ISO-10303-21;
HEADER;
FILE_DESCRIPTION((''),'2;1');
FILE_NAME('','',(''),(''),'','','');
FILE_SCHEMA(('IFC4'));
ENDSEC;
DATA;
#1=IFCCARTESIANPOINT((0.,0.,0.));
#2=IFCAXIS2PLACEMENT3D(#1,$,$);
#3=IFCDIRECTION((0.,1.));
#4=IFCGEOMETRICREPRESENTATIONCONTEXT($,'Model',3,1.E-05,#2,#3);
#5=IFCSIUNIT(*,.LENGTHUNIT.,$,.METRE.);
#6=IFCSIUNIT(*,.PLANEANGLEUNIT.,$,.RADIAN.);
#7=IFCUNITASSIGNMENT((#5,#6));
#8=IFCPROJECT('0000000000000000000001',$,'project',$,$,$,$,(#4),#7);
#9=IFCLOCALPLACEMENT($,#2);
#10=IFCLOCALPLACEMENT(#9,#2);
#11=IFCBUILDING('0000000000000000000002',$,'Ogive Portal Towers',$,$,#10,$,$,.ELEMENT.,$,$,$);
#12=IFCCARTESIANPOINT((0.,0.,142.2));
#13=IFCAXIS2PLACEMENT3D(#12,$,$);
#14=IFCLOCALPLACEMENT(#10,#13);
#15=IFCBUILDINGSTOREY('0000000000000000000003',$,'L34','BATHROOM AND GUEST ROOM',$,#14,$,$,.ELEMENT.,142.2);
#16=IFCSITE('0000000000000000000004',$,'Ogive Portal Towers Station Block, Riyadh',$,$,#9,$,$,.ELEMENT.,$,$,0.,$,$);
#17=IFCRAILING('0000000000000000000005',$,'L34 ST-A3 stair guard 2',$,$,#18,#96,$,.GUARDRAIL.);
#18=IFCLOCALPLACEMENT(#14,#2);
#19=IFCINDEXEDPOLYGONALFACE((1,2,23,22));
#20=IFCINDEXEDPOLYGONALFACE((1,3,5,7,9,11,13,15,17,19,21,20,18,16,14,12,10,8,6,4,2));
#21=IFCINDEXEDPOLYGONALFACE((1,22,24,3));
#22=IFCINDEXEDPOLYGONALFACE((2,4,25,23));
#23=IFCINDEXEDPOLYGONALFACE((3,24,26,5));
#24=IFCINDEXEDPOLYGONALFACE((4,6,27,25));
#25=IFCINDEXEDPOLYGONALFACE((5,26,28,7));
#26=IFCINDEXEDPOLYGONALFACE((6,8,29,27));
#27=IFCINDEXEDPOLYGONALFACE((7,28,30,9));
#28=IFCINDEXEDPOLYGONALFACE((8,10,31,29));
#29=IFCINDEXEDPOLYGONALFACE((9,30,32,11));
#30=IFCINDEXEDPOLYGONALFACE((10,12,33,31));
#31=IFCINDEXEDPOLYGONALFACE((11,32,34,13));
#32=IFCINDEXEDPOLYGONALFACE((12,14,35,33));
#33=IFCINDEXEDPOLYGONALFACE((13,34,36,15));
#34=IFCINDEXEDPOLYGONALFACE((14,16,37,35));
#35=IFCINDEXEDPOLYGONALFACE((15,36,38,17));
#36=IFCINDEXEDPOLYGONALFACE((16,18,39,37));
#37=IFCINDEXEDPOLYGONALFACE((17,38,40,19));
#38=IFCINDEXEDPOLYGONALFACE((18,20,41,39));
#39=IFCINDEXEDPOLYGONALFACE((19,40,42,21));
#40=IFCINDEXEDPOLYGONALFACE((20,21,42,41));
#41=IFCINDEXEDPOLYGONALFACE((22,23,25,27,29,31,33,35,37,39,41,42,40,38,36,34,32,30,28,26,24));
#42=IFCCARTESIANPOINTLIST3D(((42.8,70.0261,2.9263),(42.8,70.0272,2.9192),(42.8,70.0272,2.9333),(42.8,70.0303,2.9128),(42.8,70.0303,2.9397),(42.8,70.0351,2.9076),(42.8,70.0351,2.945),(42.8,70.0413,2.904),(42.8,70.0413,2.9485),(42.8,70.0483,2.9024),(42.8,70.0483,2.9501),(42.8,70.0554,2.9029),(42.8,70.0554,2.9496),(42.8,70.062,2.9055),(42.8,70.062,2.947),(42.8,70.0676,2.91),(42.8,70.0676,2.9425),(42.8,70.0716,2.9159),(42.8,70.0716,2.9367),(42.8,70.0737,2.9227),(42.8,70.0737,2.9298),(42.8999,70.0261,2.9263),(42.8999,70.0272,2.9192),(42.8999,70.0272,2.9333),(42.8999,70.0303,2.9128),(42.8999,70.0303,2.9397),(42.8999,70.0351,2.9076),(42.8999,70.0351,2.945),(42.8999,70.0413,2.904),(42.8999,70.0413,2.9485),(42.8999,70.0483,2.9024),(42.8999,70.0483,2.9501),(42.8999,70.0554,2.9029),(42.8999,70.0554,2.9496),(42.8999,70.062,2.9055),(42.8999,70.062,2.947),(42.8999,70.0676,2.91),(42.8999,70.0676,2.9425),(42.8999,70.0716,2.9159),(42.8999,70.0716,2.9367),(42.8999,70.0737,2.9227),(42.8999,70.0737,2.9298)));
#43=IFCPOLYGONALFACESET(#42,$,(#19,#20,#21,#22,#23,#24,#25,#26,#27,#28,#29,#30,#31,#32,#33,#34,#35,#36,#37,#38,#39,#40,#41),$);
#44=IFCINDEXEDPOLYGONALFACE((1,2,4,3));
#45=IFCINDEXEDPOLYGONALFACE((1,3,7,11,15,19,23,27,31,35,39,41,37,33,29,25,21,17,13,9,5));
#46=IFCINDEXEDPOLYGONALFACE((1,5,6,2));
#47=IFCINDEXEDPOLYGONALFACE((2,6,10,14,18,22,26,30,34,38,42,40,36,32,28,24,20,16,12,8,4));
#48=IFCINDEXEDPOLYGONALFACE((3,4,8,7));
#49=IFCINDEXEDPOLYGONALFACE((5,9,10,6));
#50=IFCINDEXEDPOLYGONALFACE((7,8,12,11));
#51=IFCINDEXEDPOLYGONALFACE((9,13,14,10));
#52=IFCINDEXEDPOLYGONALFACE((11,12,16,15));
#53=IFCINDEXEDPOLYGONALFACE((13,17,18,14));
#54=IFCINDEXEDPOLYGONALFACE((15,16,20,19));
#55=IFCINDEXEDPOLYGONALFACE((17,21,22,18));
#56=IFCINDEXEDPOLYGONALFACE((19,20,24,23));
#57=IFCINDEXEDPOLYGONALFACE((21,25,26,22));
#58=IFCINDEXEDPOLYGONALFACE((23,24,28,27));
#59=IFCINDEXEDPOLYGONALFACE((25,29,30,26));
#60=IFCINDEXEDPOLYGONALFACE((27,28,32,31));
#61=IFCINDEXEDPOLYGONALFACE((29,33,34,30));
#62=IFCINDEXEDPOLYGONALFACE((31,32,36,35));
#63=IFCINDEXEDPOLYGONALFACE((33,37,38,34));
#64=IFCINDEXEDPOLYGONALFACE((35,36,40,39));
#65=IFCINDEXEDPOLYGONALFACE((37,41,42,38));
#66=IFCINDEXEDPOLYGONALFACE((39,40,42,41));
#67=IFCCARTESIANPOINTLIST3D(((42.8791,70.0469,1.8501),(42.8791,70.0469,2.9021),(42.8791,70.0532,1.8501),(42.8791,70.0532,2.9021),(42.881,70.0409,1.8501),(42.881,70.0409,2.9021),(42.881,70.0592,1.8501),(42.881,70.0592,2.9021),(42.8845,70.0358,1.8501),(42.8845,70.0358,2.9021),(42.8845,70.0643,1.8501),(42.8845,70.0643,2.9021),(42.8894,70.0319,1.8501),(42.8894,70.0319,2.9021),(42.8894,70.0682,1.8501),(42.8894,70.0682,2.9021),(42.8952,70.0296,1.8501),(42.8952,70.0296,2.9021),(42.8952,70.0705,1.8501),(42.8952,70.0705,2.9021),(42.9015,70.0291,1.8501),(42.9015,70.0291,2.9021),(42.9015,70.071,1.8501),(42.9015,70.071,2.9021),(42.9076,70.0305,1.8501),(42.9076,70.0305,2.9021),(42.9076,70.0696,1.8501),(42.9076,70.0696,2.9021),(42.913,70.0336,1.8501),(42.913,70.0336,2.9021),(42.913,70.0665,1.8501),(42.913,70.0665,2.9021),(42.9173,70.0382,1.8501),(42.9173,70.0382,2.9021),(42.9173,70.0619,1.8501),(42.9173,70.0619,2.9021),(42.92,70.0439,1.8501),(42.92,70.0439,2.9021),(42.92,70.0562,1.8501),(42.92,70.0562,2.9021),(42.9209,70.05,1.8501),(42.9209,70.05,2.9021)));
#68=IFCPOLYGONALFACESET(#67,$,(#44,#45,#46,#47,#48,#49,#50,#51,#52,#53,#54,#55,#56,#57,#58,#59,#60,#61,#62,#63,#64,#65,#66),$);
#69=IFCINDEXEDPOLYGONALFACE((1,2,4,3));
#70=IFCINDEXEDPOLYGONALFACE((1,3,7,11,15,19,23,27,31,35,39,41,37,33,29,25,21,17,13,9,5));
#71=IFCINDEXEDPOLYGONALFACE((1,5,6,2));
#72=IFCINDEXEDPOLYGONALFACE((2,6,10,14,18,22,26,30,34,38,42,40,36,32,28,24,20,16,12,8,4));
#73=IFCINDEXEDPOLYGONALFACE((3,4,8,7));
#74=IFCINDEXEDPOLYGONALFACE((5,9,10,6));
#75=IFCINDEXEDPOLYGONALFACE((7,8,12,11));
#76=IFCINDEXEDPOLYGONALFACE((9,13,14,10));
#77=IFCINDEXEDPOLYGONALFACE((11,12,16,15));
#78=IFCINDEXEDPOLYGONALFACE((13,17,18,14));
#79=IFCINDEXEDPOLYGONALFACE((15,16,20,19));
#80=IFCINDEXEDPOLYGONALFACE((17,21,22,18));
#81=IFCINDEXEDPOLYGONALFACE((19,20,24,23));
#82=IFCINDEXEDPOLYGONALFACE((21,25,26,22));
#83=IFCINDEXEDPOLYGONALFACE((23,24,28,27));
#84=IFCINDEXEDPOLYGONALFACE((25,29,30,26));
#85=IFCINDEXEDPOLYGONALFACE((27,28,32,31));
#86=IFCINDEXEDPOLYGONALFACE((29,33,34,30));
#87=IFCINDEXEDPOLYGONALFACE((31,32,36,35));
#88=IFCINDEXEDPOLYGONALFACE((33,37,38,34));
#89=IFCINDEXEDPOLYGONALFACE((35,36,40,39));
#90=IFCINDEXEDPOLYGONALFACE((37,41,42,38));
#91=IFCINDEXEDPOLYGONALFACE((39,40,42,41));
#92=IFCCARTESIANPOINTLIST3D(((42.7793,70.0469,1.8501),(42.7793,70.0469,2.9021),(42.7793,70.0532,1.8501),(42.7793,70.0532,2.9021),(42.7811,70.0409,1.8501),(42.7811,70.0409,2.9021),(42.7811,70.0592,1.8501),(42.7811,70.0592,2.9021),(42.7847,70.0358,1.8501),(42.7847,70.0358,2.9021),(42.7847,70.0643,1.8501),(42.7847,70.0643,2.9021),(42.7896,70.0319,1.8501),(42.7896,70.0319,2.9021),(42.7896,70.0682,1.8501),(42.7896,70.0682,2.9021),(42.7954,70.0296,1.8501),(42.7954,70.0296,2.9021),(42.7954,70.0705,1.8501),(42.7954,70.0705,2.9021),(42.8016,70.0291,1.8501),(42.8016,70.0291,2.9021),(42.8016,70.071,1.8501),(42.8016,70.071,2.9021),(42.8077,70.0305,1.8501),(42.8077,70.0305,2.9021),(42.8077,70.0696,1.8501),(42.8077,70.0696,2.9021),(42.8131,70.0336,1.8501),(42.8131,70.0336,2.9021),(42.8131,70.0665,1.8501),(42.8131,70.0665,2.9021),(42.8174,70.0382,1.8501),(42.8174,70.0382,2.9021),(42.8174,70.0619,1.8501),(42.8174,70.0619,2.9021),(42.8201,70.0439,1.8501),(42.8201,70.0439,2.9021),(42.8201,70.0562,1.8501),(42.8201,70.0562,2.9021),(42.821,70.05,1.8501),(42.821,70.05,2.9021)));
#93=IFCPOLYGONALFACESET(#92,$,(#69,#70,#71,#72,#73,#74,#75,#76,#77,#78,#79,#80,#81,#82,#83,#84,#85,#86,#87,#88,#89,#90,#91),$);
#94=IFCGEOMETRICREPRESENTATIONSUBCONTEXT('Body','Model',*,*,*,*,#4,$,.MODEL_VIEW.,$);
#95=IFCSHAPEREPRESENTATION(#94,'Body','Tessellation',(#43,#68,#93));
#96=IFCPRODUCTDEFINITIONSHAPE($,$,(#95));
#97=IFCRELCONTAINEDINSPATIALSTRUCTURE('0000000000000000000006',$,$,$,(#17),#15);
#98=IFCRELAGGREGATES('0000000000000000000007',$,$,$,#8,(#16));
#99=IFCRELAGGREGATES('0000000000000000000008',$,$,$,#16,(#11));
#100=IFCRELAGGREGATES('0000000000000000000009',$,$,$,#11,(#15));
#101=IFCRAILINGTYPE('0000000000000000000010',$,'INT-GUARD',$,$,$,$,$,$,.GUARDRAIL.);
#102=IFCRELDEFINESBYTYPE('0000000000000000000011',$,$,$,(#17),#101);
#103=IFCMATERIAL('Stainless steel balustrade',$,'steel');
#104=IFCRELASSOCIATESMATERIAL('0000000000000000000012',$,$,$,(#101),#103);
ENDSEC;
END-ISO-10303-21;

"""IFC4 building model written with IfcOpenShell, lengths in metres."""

from ifc_helpers import new_model, si_unit, direction, frame, origin, origin_2d, place, context, subcontext, project, spatial, circle, extrude, material, type_object, element, save


model = new_model("IFC4")

# Units and contexts
model_context = context("Model", 3, precision=1e-05, world=origin(), true_north=direction((0.0, 1.0)))
body_context = subcontext(model_context, "Body", "Model", "MODEL_VIEW")
ifc_project = project(units=[si_unit("LENGTHUNIT", "METRE"), si_unit("PLANEANGLEUNIT", "RADIAN")], contexts=[model_context])

# Site, building, storey
site_placement = place(None, origin())
site = spatial("IfcSite", under=ifc_project, at=site_placement, Name="Ogive Portal Towers Station Block, Riyadh", CompositionType="ELEMENT", RefElevation=0.0)
building_placement = place(site_placement, origin())
building = spatial("IfcBuilding", under=site, at=building_placement, Name="Ogive Portal Towers", CompositionType="ELEMENT")
storey_placement = place(building_placement, frame((0.0, 0.0, 142.2)))
storey = spatial("IfcBuildingStorey", under=building, at=storey_placement, Name="L34", Description="BATHROOM AND GUEST ROOM", CompositionType="ELEMENT", Elevation=142.2)

# Railing
ifc_material_1 = material(Name="Stainless steel balustrade", Category="steel")
railing_type_1 = type_object("IfcRailingType", Name="INT-GUARD", PredefinedType="GUARDRAIL", material=ifc_material_1)
railing_1_placement = place(storey_placement, frame((42.8999, 70.05, 1.8501)))
element("IfcRailing", 1, at=railing_1_placement, inside=storey, type_object=railing_type_1, Name="L34 ST-A3 stair guard 2", PredefinedType="GUARDRAIL", context=body_context, shape_type="SweptSolid", body=[
    extrude(circle(Radius=0.0239, at=origin_2d()), frame((0.0, 0.0, 1.0762), z_axis=(-1.0, 0.0, 0.0), x_axis=(0.0, -1.0, 0.0)), (0.0, 0.0, 1.0), 0.0999),
    extrude(circle(Radius=0.021, at=origin_2d()), origin(), (0.0, 0.0, 1.0), 1.052),
    extrude(circle(Radius=0.021, at=origin_2d()), frame((-0.0999, 0.0, 0.0)), (0.0, 0.0, 1.0), 1.052),
])

save(model, "model.ifc")
